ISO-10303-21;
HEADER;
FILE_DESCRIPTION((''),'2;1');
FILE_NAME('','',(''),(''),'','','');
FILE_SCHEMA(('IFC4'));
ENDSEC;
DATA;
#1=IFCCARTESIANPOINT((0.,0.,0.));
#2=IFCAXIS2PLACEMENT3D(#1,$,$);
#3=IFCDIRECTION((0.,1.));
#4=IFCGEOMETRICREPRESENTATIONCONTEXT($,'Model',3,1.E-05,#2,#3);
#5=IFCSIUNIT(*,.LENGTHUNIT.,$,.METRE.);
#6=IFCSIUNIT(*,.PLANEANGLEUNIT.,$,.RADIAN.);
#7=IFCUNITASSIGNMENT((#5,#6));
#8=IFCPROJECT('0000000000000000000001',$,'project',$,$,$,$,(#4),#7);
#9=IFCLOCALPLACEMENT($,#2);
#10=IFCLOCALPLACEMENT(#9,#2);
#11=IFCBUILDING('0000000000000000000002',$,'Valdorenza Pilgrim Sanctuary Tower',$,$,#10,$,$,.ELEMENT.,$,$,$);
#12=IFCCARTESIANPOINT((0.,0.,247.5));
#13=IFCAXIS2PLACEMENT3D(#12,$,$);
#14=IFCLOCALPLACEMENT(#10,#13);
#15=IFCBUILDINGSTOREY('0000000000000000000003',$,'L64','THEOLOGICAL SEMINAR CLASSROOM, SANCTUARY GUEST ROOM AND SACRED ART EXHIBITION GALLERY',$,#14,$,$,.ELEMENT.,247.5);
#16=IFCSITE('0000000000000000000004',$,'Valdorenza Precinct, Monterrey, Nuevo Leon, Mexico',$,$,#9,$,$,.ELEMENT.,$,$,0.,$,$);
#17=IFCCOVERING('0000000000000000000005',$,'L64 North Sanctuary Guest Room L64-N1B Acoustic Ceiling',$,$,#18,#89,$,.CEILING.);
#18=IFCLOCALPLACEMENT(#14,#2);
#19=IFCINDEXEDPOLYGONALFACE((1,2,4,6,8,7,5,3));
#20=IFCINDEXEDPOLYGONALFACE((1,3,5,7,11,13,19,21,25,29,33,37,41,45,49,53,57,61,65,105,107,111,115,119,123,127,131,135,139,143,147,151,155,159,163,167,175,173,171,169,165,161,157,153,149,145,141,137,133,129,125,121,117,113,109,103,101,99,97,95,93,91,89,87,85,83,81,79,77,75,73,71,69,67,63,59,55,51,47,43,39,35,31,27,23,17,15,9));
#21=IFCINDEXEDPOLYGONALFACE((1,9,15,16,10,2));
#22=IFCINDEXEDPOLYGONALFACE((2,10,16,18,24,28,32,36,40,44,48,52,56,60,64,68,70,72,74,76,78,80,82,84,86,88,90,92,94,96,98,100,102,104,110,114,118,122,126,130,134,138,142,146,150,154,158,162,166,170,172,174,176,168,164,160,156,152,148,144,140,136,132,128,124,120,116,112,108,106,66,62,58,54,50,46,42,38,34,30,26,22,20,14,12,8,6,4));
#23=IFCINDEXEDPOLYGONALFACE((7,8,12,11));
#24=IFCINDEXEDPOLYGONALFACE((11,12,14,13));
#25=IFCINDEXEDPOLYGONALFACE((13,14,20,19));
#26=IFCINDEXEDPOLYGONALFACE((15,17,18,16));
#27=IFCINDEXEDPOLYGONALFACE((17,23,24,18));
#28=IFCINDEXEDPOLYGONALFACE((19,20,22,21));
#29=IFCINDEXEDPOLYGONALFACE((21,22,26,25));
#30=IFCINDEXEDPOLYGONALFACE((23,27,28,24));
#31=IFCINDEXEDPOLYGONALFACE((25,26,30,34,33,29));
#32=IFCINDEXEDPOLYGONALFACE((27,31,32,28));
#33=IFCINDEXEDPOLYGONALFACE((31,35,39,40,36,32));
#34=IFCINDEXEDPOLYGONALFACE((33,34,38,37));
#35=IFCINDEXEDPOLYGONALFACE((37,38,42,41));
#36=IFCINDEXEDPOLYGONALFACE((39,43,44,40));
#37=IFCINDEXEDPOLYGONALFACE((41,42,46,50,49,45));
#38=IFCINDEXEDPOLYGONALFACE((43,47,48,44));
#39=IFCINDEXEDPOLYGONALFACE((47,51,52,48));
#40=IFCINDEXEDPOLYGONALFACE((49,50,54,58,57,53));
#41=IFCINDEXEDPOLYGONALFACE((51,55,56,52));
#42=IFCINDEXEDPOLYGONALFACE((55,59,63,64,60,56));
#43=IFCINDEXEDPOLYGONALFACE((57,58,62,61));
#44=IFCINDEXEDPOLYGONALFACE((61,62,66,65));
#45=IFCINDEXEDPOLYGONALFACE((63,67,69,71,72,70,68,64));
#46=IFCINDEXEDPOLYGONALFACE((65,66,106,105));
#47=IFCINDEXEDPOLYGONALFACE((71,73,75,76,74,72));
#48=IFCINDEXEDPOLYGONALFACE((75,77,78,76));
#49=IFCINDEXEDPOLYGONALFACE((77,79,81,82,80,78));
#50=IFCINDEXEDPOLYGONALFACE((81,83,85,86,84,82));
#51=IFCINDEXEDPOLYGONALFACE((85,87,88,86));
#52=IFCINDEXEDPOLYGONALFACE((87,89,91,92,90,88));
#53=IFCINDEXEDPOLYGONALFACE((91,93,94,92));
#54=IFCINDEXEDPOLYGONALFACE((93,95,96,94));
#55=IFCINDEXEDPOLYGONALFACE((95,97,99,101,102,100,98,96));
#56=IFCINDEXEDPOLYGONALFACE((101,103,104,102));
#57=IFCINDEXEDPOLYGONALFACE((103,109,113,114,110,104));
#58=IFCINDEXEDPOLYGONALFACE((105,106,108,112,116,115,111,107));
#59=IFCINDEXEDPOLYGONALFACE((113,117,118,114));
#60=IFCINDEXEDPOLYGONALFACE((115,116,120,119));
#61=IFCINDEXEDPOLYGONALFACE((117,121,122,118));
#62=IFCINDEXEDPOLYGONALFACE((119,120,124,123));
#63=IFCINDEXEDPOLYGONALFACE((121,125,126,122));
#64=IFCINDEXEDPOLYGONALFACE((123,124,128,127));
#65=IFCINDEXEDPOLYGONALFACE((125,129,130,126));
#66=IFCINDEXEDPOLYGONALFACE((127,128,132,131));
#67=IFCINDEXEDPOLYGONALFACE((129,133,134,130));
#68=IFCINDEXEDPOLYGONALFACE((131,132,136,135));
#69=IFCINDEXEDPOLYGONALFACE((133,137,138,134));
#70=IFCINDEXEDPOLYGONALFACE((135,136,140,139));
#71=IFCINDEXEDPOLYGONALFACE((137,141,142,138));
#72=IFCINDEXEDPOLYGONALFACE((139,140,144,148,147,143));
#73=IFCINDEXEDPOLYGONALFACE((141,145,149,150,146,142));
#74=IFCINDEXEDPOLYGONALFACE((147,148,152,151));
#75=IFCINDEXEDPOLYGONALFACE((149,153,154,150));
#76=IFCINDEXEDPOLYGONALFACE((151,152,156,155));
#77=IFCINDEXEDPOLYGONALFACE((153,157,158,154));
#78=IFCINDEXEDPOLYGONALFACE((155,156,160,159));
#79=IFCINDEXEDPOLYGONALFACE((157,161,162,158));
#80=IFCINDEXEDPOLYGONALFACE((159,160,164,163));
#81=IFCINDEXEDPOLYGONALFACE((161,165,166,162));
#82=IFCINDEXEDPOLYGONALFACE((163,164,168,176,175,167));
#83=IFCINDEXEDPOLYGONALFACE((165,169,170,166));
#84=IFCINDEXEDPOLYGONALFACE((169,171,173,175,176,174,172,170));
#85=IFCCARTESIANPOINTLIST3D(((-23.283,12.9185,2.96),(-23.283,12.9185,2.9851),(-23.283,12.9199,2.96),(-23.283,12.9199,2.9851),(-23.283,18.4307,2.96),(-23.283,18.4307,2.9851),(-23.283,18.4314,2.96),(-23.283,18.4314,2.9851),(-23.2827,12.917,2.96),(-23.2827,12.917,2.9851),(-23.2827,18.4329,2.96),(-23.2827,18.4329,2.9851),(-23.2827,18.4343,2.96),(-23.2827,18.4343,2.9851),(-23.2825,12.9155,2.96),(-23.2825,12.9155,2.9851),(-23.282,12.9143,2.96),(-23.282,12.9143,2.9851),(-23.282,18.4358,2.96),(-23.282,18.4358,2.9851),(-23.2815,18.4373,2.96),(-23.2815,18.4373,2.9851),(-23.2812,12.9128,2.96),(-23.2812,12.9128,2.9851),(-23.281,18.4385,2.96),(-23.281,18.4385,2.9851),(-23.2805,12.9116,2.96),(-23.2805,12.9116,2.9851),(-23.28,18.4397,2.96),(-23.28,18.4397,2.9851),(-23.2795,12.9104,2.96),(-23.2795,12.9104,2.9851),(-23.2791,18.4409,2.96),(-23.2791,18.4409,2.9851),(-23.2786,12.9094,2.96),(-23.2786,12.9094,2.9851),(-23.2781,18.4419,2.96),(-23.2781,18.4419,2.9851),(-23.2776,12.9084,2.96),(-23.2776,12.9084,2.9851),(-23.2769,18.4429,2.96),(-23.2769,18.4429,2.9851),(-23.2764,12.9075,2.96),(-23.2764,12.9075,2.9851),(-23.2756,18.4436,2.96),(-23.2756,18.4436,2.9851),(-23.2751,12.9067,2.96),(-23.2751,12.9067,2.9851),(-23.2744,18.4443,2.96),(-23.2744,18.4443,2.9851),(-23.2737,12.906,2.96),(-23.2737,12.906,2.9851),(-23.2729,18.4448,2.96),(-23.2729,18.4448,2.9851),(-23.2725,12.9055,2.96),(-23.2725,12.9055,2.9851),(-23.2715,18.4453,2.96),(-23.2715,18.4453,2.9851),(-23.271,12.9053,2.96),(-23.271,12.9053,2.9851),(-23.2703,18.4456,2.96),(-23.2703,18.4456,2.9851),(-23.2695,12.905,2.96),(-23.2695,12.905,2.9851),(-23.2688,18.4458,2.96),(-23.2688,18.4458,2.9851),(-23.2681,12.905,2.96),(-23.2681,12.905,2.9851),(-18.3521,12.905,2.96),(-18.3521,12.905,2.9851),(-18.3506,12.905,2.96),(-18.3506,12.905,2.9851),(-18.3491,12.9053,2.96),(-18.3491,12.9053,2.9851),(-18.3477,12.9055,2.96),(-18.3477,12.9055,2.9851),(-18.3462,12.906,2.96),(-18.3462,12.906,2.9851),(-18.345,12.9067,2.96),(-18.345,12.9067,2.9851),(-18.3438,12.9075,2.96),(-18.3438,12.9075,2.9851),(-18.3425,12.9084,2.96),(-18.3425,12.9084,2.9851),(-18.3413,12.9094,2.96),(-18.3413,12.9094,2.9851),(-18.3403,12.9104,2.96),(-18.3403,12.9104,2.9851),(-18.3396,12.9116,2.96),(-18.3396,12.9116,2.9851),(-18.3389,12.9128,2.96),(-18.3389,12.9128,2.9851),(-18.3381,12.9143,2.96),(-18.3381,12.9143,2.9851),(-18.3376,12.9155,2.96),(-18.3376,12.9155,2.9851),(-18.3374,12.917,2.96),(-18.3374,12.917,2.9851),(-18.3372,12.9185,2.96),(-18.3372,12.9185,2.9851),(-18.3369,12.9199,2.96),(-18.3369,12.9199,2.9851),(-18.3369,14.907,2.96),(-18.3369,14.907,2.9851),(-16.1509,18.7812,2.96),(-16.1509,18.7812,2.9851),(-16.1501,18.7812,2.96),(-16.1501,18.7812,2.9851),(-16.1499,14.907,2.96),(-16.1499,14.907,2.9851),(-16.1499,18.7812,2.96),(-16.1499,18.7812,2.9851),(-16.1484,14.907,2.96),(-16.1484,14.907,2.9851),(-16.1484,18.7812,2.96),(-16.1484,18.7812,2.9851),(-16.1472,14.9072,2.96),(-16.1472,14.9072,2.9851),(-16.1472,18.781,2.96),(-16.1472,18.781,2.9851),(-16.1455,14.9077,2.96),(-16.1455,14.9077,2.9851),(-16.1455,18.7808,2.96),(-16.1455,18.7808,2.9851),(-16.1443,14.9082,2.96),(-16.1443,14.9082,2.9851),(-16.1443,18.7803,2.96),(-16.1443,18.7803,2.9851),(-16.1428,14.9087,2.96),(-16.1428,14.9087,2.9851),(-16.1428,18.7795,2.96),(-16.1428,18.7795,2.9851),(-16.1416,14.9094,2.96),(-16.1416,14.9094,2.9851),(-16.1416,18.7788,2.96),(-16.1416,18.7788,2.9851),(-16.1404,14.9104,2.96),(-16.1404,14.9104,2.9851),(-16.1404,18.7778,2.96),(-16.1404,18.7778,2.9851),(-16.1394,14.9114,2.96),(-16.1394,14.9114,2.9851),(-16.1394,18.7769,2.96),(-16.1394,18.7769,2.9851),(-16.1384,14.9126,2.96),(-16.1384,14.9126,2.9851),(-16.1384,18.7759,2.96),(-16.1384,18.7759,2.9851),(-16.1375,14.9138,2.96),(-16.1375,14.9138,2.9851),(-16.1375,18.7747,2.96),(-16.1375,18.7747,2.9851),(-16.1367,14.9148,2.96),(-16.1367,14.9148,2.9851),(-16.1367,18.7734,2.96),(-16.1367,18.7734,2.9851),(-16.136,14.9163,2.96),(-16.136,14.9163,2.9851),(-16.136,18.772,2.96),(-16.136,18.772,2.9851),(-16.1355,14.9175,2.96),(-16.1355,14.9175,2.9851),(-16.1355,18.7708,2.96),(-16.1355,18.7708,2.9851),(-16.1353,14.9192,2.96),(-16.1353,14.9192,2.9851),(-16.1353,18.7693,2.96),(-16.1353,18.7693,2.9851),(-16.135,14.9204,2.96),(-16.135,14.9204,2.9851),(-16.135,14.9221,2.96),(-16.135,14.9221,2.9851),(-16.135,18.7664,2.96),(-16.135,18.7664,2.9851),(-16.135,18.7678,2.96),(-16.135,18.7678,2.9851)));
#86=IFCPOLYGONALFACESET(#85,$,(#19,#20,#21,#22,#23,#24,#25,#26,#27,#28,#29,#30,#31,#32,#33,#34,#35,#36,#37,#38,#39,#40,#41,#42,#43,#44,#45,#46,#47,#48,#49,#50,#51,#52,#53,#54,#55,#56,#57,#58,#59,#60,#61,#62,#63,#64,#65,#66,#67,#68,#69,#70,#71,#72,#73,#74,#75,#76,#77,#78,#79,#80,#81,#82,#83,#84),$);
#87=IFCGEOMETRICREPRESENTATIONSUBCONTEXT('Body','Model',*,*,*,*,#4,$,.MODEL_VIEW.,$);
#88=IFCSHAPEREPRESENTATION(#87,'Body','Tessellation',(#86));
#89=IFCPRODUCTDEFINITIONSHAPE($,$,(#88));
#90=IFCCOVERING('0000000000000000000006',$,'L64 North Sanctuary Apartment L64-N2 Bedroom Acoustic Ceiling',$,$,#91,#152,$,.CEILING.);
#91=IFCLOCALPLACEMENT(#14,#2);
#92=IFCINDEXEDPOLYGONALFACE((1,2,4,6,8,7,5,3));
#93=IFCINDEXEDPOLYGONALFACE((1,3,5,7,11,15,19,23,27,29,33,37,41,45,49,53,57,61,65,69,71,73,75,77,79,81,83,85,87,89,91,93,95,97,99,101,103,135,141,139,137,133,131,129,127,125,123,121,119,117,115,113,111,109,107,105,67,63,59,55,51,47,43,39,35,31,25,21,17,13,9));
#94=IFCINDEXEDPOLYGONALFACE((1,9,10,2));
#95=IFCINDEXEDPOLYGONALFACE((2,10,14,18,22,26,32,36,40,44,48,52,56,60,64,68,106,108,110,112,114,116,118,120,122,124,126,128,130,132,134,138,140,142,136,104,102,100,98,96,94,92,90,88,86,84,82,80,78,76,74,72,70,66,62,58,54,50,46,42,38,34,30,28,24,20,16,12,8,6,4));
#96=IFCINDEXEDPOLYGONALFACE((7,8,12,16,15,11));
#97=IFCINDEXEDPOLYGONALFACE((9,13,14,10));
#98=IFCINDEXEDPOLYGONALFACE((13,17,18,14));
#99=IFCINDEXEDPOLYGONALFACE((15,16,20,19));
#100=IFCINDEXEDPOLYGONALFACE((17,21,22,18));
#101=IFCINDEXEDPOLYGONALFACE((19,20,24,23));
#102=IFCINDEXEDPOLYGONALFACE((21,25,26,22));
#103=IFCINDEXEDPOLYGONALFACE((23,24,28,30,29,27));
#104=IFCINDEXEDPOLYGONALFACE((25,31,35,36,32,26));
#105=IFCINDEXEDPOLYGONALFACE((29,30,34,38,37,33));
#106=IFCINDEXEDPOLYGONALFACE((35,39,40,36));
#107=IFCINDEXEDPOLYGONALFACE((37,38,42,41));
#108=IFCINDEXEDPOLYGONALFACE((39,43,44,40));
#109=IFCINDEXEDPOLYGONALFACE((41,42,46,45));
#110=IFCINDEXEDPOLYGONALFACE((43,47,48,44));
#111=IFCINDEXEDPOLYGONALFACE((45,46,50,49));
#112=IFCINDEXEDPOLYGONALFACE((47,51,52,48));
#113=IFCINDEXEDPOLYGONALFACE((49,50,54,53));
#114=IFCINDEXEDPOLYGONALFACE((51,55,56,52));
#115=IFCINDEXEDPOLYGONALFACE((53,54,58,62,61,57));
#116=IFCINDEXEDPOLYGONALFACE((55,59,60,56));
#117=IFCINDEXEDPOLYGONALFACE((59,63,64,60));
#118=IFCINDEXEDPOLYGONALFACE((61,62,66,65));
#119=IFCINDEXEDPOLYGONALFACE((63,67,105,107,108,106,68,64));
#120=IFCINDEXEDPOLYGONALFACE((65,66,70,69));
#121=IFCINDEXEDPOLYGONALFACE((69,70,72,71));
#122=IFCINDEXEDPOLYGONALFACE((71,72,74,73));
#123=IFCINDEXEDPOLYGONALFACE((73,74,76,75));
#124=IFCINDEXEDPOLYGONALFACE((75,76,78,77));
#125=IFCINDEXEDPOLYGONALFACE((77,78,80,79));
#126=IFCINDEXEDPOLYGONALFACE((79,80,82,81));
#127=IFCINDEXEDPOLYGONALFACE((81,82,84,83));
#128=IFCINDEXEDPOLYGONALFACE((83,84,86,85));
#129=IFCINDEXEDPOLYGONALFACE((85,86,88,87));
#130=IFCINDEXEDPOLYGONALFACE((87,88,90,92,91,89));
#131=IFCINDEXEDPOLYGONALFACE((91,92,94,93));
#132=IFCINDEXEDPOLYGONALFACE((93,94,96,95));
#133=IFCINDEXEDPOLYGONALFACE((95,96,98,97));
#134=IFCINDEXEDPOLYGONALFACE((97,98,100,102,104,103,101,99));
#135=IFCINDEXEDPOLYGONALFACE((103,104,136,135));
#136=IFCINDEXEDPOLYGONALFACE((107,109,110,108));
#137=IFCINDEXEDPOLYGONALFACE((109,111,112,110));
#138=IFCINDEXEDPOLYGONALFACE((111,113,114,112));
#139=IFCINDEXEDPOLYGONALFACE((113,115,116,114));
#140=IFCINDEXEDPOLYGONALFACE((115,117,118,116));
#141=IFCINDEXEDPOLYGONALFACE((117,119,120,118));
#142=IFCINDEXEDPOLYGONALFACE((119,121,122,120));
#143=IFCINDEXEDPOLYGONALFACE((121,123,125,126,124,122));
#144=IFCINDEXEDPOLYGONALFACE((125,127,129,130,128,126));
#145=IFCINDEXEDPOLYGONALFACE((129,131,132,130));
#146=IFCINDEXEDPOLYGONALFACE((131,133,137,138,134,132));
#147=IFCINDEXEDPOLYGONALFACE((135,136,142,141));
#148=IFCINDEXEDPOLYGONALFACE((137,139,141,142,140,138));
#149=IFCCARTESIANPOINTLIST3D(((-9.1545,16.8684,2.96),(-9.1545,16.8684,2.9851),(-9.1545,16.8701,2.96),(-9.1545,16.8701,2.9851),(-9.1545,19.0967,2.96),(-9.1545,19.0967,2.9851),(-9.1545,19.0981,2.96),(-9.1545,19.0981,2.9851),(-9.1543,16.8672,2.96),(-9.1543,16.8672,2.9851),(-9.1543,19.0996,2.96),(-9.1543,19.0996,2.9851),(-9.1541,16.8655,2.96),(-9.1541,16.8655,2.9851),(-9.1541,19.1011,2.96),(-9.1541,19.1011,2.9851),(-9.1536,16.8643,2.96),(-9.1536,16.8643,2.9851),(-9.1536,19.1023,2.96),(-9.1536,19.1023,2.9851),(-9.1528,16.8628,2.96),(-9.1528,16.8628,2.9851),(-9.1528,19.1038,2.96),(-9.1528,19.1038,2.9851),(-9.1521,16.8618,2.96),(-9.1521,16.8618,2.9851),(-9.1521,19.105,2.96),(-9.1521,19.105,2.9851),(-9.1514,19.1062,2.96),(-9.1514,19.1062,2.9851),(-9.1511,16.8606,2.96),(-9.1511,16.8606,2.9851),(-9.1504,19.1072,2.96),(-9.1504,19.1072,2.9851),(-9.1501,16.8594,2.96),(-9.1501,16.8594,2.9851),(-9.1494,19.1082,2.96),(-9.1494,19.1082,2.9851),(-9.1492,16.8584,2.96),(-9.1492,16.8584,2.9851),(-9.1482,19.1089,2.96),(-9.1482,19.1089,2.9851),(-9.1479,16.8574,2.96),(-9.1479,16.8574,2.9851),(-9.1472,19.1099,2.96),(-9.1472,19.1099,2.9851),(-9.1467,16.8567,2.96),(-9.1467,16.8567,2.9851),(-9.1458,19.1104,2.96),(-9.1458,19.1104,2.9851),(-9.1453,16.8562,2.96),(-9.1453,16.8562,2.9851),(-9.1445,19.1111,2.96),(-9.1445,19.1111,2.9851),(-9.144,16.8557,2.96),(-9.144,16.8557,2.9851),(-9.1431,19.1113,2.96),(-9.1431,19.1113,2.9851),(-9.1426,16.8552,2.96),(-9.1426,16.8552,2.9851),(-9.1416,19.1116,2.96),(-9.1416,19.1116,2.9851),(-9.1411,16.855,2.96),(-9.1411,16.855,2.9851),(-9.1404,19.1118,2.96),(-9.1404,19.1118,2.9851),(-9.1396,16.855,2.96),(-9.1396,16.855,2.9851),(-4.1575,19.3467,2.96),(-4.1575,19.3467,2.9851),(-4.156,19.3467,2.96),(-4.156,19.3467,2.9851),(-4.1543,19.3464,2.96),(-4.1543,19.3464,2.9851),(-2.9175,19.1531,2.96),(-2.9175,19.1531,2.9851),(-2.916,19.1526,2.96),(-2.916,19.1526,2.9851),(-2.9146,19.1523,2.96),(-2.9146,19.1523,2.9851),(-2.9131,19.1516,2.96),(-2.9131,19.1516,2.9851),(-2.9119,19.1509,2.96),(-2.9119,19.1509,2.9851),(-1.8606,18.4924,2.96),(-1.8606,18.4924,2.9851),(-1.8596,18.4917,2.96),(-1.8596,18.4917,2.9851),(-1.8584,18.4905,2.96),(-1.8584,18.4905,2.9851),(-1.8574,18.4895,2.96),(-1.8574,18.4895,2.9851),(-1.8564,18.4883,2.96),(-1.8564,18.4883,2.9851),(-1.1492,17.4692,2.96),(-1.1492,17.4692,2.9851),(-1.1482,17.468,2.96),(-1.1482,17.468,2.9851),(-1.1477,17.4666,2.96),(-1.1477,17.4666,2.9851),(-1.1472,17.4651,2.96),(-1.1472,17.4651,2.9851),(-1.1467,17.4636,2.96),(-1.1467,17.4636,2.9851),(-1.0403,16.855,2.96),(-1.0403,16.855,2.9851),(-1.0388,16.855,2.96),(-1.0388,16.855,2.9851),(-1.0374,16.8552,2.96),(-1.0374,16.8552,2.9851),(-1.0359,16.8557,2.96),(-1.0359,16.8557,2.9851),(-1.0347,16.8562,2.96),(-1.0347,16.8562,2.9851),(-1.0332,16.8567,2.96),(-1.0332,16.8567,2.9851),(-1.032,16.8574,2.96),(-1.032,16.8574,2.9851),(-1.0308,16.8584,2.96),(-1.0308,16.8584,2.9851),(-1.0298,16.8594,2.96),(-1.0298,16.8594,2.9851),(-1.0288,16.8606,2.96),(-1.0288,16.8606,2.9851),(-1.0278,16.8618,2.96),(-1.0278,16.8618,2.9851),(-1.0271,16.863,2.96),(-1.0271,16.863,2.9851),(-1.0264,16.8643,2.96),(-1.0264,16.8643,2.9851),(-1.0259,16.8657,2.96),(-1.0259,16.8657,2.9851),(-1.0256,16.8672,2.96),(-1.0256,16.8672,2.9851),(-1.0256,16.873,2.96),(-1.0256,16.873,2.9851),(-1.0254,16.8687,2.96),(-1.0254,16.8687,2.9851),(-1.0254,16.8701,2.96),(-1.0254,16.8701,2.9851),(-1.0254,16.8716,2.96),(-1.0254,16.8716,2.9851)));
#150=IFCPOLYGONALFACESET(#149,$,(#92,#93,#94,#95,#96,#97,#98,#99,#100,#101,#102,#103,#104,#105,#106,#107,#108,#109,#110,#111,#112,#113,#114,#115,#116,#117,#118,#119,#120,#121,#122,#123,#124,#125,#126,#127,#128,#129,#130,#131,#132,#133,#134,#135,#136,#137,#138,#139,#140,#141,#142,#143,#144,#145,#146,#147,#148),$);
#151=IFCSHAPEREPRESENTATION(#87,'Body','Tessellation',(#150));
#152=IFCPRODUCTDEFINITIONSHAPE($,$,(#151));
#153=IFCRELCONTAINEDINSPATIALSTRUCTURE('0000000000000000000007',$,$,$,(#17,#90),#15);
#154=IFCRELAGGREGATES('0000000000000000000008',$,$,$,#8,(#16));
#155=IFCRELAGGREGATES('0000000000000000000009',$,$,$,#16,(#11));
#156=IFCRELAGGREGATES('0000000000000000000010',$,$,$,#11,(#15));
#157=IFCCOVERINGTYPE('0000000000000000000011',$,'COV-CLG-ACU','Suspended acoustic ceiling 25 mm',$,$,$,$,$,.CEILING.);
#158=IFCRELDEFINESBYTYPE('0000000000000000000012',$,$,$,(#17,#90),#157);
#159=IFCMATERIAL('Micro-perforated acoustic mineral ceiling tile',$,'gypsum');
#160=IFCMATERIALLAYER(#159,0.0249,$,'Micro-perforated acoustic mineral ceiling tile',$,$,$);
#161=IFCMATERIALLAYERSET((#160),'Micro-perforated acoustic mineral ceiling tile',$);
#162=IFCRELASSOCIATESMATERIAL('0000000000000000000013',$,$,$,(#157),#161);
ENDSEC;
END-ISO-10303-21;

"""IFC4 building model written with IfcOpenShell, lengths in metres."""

from ifc_helpers import new_model, si_unit, direction, frame, origin, place, context, subcontext, project, spatial, polyline, outline, extrude, material, layer, layer_set, type_object, element, save


model = new_model("IFC4")

# Units and contexts
model_context = context("Model", 3, precision=1e-05, world=origin(), true_north=direction((0.0, 1.0)))
body_context = subcontext(model_context, "Body", "Model", "MODEL_VIEW")
ifc_project = project(units=[si_unit("LENGTHUNIT", "METRE"), si_unit("PLANEANGLEUNIT", "RADIAN")], contexts=[model_context])

# Site, building, storey
site_placement = place(None, origin())
site = spatial("IfcSite", under=ifc_project, at=site_placement, Name="Valdorenza Precinct, Monterrey, Nuevo Leon, Mexico", CompositionType="ELEMENT", RefElevation=0.0)
building_placement = place(site_placement, origin())
building = spatial("IfcBuilding", under=site, at=building_placement, Name="Valdorenza Pilgrim Sanctuary Tower", CompositionType="ELEMENT")
storey_placement = place(building_placement, frame((0.0, 0.0, 247.5)))
storey = spatial("IfcBuildingStorey", under=building, at=storey_placement, Name="L64", Description="THEOLOGICAL SEMINAR CLASSROOM, SANCTUARY GUEST ROOM AND SACRED ART EXHIBITION GALLERY", CompositionType="ELEMENT", Elevation=247.5)

# Coverings
ifc_material_1 = material(Name="Micro-perforated acoustic mineral ceiling tile", Category="gypsum")
ifc_layer_1 = layer(ifc_material_1, 0.0249, Name="Micro-perforated acoustic mineral ceiling tile")
ifc_layer_set_1 = layer_set([ifc_layer_1], Name="Micro-perforated acoustic mineral ceiling tile")
covering_type_1 = type_object("IfcCoveringType", Name="COV-CLG-ACU", Description="Suspended acoustic ceiling 25 mm", PredefinedType="CEILING", material=ifc_layer_set_1)
covering_1_placement = place(storey_placement, frame((0.0, 0.0, 2.96)))
element("IfcCovering", 1, at=covering_1_placement, inside=storey, type_object=covering_type_1, Name="L64 North Sanctuary Guest Room L64-N1B Acoustic Ceiling", PredefinedType="CEILING", context=body_context, shape_type="SweptSolid", body=[
    extrude(outline(polyline([(-23.283, 18.4307), (-23.283, 18.4314), (-23.2827, 18.4329), (-23.2827, 18.4343), (-23.282, 18.4358), (-23.2815, 18.4373), (-23.281, 18.4385), (-23.28, 18.4397), (-23.2791, 18.4409), (-23.2781, 18.4419), (-23.2769, 18.4429), (-23.2756, 18.4436), (-23.2744, 18.4443), (-23.2729, 18.4448), (-23.2715, 18.4453), (-23.2703, 18.4456), (-23.2688, 18.4458), (-16.1509, 18.7812), (-16.1501, 18.7812), (-16.1499, 18.7812), (-16.1484, 18.7812), (-16.1472, 18.781), (-16.1455, 18.7808), (-16.1443, 18.7803), (-16.1428, 18.7795), (-16.1416, 18.7788), (-16.1404, 18.7778), (-16.1394, 18.7769), (-16.1384, 18.7759), (-16.1375, 18.7747), (-16.1367, 18.7734), (-16.136, 18.772), (-16.1355, 18.7708), (-16.1353, 18.7693), (-16.135, 18.7678), (-16.135, 18.7664), (-16.135, 14.9221), (-16.135, 14.9204), (-16.1353, 14.9192), (-16.1355, 14.9175), (-16.136, 14.9163), (-16.1367, 14.9148), (-16.1375, 14.9138), (-16.1384, 14.9126), (-16.1394, 14.9114), (-16.1404, 14.9104), (-16.1416, 14.9094), (-16.1428, 14.9087), (-16.1443, 14.9082), (-16.1455, 14.9077), (-16.1472, 14.9072), (-16.1484, 14.907), (-16.1499, 14.907), (-18.3369, 14.907), (-18.3369, 12.9199), (-18.3372, 12.9185), (-18.3374, 12.917), (-18.3376, 12.9155), (-18.3381, 12.9143), (-18.3389, 12.9128), (-18.3396, 12.9116), (-18.3403, 12.9104), (-18.3413, 12.9094), (-18.3425, 12.9084), (-18.3438, 12.9075), (-18.345, 12.9067), (-18.3462, 12.906), (-18.3477, 12.9055), (-18.3491, 12.9053), (-18.3506, 12.905), (-18.3521, 12.905), (-23.2681, 12.905), (-23.2695, 12.905), (-23.271, 12.9053), (-23.2725, 12.9055), (-23.2737, 12.906), (-23.2751, 12.9067), (-23.2764, 12.9075), (-23.2776, 12.9084), (-23.2786, 12.9094), (-23.2795, 12.9104), (-23.2805, 12.9116), (-23.2812, 12.9128), (-23.282, 12.9143), (-23.2825, 12.9155), (-23.2827, 12.917), (-23.283, 12.9185), (-23.283, 12.9199), (-23.283, 18.4307), (-23.283, 18.4307)])), origin(), (0.0, 0.0, 1.0), 0.0251),
])
covering_2_placement = place(storey_placement, frame((0.0, 0.0, 2.96)))
element("IfcCovering", 2, at=covering_2_placement, inside=storey, type_object=covering_type_1, Name="L64 North Sanctuary Apartment L64-N2 Bedroom Acoustic Ceiling", PredefinedType="CEILING", context=body_context, shape_type="SweptSolid", body=[
    extrude(outline(polyline([(-9.1545, 19.0967), (-9.1545, 19.0981), (-9.1543, 19.0996), (-9.1541, 19.1011), (-9.1536, 19.1023), (-9.1528, 19.1038), (-9.1521, 19.105), (-9.1514, 19.1062), (-9.1504, 19.1072), (-9.1494, 19.1082), (-9.1482, 19.1089), (-9.1472, 19.1099), (-9.1458, 19.1104), (-9.1445, 19.1111), (-9.1431, 19.1113), (-9.1416, 19.1116), (-9.1404, 19.1118), (-4.1575, 19.3467), (-4.156, 19.3467), (-4.1543, 19.3464), (-2.9175, 19.1531), (-2.916, 19.1526), (-2.9146, 19.1523), (-2.9131, 19.1516), (-2.9119, 19.1509), (-1.8606, 18.4924), (-1.8596, 18.4917), (-1.8584, 18.4905), (-1.8574, 18.4895), (-1.8564, 18.4883), (-1.1492, 17.4692), (-1.1482, 17.468), (-1.1477, 17.4666), (-1.1472, 17.4651), (-1.1467, 17.4636), (-1.0256, 16.873), (-1.0254, 16.8716), (-1.0254, 16.8701), (-1.0254, 16.8687), (-1.0256, 16.8672), (-1.0259, 16.8657), (-1.0264, 16.8643), (-1.0271, 16.863), (-1.0278, 16.8618), (-1.0288, 16.8606), (-1.0298, 16.8594), (-1.0308, 16.8584), (-1.032, 16.8574), (-1.0332, 16.8567), (-1.0347, 16.8562), (-1.0359, 16.8557), (-1.0374, 16.8552), (-1.0388, 16.855), (-1.0403, 16.855), (-9.1396, 16.855), (-9.1411, 16.855), (-9.1426, 16.8552), (-9.144, 16.8557), (-9.1453, 16.8562), (-9.1467, 16.8567), (-9.1479, 16.8574), (-9.1492, 16.8584), (-9.1501, 16.8594), (-9.1511, 16.8606), (-9.1521, 16.8618), (-9.1528, 16.8628), (-9.1536, 16.8643), (-9.1541, 16.8655), (-9.1543, 16.8672), (-9.1545, 16.8684), (-9.1545, 16.8701), (-9.1545, 19.0967)])), origin(), (0.0, 0.0, 1.0), 0.0251),
])

save(model, "model.ifc")
